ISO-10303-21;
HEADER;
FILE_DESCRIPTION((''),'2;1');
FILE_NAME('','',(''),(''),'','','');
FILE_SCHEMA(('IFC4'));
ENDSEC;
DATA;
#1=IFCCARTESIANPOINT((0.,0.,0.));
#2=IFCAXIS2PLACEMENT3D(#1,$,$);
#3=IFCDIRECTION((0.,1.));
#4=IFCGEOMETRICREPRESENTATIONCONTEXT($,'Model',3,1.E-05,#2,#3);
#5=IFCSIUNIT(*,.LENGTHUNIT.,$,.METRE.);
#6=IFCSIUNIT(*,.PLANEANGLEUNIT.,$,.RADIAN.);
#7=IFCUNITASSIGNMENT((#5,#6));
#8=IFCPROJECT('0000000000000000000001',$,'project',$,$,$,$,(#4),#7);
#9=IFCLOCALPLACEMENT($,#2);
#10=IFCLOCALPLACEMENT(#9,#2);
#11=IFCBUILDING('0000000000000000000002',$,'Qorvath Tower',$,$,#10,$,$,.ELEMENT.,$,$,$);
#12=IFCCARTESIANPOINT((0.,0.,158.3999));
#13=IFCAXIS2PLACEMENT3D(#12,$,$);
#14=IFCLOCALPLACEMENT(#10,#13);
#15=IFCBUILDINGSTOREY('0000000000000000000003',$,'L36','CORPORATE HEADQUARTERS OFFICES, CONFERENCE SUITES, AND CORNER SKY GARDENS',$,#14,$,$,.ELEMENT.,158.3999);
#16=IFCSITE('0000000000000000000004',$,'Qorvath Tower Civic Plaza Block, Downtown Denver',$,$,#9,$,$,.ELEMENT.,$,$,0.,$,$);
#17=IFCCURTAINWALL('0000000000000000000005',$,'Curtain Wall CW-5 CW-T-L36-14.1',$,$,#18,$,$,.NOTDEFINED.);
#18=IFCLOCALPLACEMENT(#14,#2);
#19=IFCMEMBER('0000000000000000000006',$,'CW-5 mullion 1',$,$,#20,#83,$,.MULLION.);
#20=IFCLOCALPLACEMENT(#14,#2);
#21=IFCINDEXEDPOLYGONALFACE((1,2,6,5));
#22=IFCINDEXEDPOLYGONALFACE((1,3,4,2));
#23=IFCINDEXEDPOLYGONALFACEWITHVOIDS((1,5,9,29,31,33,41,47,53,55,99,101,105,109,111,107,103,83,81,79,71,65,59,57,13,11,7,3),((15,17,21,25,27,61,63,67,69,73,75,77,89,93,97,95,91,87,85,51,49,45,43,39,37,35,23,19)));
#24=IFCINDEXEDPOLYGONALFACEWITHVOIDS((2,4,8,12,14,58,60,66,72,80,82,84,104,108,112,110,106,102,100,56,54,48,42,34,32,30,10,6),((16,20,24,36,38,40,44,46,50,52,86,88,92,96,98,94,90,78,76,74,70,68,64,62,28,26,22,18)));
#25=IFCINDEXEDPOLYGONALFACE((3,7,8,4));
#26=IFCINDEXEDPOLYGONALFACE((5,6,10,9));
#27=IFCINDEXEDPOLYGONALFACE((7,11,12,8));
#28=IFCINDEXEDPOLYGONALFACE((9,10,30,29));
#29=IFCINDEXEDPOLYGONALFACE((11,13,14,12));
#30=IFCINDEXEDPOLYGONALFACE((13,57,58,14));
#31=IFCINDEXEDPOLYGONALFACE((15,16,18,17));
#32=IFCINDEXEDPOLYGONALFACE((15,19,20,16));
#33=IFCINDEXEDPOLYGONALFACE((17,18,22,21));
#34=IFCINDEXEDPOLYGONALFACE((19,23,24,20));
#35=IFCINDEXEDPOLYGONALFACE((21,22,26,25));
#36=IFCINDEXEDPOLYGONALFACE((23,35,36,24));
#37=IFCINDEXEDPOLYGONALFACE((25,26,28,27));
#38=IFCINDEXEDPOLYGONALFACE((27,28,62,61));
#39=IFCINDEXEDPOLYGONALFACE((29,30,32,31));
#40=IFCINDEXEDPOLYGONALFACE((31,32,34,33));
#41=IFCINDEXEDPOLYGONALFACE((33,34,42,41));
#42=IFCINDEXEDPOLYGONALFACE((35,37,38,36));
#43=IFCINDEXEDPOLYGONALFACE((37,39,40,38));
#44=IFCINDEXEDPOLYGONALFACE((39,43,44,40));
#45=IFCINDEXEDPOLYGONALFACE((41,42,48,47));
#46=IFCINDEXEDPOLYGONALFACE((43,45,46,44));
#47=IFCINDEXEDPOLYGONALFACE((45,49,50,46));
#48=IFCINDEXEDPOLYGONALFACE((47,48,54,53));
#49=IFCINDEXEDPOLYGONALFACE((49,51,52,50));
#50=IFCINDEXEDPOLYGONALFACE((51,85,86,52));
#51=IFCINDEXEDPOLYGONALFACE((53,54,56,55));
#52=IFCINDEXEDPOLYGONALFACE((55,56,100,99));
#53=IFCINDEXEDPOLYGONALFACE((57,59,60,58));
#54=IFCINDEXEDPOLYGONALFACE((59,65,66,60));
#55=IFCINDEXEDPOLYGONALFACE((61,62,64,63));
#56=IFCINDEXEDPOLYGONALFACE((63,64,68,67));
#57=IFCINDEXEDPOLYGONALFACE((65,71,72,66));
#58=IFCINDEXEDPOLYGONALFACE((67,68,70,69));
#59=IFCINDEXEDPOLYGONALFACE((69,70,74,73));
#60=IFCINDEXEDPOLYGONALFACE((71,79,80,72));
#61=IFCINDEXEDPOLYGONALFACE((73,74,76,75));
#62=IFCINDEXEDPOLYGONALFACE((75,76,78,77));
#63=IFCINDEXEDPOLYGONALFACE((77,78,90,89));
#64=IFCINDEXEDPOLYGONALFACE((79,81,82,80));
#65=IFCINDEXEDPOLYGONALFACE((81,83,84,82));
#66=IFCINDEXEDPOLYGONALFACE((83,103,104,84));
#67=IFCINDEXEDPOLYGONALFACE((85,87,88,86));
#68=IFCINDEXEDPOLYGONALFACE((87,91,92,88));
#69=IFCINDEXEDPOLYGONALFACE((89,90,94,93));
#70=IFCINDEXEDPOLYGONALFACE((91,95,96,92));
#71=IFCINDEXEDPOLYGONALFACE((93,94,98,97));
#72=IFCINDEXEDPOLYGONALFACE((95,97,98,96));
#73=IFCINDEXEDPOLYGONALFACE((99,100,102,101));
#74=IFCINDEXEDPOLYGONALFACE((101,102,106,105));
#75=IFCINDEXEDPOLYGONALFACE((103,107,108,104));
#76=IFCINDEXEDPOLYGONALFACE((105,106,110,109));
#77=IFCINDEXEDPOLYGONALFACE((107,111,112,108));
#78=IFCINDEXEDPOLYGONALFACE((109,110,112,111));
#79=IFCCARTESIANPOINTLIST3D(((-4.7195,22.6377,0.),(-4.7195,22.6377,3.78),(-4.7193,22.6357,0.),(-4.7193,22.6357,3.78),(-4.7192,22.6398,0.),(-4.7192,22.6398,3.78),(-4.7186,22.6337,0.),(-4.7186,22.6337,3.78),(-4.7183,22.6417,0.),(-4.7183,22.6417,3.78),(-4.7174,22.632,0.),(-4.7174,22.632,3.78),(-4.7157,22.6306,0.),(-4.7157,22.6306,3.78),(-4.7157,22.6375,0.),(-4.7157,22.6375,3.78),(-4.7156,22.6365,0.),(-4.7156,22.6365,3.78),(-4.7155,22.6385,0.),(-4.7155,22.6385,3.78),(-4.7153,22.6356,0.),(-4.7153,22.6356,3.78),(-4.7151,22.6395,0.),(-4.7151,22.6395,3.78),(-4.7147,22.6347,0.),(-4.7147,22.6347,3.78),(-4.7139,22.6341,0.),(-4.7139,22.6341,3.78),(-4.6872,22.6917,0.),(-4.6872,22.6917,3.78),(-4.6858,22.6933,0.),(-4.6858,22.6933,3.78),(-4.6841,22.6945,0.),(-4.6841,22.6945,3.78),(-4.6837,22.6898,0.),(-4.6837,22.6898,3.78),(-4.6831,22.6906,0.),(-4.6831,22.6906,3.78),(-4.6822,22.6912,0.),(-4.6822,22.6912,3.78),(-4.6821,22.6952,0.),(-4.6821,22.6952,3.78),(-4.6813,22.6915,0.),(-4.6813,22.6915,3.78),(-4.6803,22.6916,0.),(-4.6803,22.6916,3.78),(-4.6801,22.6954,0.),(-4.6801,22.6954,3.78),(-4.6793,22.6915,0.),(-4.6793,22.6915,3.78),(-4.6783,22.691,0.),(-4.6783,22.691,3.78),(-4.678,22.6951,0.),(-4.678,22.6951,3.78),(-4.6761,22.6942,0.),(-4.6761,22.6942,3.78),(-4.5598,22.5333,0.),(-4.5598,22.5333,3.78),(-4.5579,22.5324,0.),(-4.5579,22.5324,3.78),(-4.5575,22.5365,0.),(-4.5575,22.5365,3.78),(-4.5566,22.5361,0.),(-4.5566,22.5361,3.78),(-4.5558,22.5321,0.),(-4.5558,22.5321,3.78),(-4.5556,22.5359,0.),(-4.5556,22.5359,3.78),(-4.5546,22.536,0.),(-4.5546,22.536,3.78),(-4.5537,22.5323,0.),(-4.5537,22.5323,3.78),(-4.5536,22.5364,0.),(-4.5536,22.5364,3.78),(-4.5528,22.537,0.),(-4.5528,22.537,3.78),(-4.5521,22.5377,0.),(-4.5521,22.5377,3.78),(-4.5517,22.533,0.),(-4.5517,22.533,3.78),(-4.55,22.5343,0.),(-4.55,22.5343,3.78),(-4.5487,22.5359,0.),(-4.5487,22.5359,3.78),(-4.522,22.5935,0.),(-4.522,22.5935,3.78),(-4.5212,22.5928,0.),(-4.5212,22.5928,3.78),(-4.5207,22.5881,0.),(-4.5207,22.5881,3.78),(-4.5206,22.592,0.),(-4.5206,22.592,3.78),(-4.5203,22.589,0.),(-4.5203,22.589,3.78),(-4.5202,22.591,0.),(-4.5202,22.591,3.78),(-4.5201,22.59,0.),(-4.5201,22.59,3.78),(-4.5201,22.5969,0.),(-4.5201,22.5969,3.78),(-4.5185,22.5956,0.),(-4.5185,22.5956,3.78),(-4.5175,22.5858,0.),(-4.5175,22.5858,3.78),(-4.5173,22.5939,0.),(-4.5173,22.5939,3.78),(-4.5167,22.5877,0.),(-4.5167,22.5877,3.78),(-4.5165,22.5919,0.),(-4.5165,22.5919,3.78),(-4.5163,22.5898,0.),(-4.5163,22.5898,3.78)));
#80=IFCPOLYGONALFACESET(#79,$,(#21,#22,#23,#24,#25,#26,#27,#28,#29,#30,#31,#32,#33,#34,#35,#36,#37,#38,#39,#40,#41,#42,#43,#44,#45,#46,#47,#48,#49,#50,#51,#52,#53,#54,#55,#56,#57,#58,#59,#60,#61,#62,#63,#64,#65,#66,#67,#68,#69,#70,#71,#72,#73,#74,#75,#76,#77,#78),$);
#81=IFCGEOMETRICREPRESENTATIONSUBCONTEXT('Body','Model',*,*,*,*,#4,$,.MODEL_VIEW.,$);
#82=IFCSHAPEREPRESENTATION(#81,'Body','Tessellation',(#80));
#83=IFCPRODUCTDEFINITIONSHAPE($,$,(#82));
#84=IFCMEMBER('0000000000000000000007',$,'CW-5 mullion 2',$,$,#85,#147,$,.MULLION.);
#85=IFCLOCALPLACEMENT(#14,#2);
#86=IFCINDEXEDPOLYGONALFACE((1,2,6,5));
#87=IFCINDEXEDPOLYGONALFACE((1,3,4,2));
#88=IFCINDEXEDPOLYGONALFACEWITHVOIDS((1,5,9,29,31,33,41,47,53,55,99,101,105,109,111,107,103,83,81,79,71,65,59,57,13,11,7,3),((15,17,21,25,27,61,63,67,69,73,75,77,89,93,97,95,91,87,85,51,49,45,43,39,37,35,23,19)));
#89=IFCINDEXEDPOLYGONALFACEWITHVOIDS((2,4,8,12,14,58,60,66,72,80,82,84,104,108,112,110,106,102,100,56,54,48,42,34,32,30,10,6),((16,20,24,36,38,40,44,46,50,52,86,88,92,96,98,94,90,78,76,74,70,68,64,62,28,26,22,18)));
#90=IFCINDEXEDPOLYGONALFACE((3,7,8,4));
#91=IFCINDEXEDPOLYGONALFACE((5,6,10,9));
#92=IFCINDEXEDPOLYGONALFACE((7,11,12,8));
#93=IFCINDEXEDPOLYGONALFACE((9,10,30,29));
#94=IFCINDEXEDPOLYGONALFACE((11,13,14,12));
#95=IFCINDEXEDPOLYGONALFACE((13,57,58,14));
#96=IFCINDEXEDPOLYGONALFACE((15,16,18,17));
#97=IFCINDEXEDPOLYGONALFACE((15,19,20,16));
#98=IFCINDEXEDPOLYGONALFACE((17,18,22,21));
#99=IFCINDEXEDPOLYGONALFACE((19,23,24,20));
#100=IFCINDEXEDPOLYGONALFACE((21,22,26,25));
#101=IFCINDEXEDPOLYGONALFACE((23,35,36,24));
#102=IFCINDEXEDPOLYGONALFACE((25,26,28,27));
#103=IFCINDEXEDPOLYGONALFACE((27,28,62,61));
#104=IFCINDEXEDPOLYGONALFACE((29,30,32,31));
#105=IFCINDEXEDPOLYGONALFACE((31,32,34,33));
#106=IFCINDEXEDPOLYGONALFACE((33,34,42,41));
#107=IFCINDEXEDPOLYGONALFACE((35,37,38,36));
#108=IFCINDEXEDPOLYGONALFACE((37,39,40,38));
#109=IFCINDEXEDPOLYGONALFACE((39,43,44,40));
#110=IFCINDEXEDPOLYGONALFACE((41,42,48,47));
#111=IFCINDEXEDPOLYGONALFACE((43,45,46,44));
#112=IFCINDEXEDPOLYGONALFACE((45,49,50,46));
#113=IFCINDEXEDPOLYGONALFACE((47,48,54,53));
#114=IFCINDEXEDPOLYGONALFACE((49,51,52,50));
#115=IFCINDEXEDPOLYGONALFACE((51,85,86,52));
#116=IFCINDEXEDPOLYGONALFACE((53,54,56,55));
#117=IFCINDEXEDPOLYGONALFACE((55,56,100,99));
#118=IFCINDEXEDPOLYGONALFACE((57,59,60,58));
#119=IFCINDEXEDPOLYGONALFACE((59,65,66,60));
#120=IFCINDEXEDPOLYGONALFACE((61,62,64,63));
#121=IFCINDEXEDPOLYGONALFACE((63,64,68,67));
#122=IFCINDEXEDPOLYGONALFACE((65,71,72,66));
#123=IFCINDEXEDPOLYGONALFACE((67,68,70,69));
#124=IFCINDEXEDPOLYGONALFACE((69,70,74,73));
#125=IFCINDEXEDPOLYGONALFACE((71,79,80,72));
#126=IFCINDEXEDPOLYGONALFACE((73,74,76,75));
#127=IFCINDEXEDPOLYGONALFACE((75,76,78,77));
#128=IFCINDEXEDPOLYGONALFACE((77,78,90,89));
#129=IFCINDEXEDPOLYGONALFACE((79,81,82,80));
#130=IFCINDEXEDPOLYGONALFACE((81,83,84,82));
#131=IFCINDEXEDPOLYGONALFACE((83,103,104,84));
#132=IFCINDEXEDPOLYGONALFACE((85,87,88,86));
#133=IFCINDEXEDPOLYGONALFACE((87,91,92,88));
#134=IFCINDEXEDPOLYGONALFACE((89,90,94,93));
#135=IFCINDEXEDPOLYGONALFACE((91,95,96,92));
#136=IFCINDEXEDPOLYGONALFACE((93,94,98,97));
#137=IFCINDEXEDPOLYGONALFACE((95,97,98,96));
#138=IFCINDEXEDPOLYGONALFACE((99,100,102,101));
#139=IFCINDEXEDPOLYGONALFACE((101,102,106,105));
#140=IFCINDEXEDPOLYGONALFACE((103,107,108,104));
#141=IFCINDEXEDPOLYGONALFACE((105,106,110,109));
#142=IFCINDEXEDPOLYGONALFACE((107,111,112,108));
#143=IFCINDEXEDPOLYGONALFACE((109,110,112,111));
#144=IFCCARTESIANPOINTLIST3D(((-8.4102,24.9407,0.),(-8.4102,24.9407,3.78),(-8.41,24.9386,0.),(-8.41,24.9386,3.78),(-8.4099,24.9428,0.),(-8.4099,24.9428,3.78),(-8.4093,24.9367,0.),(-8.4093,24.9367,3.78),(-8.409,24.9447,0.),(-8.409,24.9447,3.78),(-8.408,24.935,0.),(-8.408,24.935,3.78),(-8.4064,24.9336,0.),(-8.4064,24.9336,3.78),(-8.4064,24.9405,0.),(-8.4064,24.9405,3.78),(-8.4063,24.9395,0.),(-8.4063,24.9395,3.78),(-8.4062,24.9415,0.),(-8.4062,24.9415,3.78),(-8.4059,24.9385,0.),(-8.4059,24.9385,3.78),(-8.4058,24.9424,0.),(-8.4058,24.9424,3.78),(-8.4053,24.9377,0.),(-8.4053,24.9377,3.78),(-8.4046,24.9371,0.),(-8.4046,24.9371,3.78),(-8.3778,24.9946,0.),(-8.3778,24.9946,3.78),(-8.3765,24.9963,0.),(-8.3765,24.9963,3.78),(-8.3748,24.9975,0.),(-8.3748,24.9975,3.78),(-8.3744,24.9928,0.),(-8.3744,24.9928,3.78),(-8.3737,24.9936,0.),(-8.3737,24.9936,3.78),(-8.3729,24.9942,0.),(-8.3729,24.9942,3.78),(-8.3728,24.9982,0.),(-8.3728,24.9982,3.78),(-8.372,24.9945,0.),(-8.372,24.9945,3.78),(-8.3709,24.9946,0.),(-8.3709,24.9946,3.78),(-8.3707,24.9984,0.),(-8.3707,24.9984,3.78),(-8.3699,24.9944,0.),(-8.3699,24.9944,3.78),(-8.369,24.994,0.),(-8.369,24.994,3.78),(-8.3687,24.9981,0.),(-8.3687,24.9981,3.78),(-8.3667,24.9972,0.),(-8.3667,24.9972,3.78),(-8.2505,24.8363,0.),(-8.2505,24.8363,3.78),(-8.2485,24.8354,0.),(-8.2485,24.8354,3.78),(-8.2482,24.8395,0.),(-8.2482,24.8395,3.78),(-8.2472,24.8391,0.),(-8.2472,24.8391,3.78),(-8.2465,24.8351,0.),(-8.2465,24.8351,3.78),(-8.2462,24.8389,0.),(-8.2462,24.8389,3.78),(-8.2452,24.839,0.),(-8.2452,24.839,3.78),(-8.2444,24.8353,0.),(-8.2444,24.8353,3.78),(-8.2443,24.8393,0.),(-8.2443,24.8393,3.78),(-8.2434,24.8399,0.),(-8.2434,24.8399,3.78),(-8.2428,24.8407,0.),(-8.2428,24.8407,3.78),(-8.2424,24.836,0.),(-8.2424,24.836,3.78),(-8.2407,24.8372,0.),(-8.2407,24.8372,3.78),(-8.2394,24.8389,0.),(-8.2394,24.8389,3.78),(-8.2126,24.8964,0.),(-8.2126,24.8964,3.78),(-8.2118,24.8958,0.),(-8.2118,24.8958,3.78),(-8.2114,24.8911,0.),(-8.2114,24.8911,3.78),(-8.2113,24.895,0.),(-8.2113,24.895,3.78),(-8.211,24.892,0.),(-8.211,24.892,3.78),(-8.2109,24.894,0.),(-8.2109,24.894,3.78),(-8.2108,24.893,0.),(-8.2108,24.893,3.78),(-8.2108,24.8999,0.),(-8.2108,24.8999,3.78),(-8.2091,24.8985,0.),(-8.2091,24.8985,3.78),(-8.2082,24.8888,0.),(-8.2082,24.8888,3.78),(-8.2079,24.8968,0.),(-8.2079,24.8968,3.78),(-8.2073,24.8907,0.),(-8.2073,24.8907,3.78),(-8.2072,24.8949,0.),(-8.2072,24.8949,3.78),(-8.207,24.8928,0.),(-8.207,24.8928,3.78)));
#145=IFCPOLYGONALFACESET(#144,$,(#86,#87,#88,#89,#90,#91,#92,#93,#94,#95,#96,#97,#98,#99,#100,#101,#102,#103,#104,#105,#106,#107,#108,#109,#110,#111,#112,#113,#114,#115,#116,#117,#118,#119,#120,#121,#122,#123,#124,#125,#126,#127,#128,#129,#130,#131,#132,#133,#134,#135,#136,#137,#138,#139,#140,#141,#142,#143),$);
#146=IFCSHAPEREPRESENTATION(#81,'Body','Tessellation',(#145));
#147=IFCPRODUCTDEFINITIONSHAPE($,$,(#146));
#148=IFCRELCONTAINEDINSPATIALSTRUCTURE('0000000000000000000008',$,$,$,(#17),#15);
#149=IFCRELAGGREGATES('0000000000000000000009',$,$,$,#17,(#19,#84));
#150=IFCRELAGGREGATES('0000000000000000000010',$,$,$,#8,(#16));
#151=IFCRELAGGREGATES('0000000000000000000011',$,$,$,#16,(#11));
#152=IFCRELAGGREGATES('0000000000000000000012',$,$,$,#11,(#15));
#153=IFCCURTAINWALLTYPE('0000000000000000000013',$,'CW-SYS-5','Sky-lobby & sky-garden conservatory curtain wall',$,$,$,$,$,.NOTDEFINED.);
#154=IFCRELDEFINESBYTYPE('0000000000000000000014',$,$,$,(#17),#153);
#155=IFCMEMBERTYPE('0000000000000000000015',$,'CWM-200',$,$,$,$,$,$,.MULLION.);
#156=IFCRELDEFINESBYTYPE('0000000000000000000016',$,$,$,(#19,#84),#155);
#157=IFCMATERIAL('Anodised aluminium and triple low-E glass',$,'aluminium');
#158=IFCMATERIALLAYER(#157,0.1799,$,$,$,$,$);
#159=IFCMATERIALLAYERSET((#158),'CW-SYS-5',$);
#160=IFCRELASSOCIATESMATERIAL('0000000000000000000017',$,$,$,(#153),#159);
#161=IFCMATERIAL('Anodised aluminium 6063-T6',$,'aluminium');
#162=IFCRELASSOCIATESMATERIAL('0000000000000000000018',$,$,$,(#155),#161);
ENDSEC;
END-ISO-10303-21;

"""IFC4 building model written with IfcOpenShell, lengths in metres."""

from ifc_helpers import new_model, si_unit, direction, frame, origin, origin_2d, place, context, subcontext, project, spatial, hollow_rectangle, extrude, material, layer, layer_set, material_profile, profile_set, type_object, element, aggregate, save


model = new_model("IFC4")

# Units and contexts
model_context = context("Model", 3, precision=1e-05, world=origin(), true_north=direction((0.0, 1.0)))
body_context = subcontext(model_context, "Body", "Model", "MODEL_VIEW")
ifc_project = project(units=[si_unit("LENGTHUNIT", "METRE"), si_unit("PLANEANGLEUNIT", "RADIAN")], contexts=[model_context])

# Site, building, storey
site_placement = place(None, origin())
site = spatial("IfcSite", under=ifc_project, at=site_placement, Name="Qorvath Tower Civic Plaza Block, Downtown Denver", CompositionType="ELEMENT", RefElevation=0.0)
building_placement = place(site_placement, origin())
building = spatial("IfcBuilding", under=site, at=building_placement, Name="Qorvath Tower", CompositionType="ELEMENT")
storey_placement = place(building_placement, frame((0.0, 0.0, 158.3999)))
storey = spatial("IfcBuildingStorey", under=building, at=storey_placement, Name="L36", Description="CORPORATE HEADQUARTERS OFFICES, CONFERENCE SUITES, AND CORNER SKY GARDENS", CompositionType="ELEMENT", Elevation=158.3999)

# Shared definitions
ifc_material_1 = material(Name="Anodised aluminium and triple low-E glass", Category="aluminium")
ifc_layer_1 = layer(ifc_material_1, 0.1799)
ifc_layer_set_1 = layer_set([ifc_layer_1], Name="CW-SYS-5")
curtain_wall_type = type_object("IfcCurtainWallType", Name="CW-SYS-5", Description="Sky-lobby & sky-garden conservatory curtain wall", PredefinedType="NOTDEFINED", material=ifc_layer_set_1)
ifc_material_2 = material(Name="Anodised aluminium 6063-T6", Category="aluminium")
ifc_material_profile_1 = material_profile(ifc_material_2, hollow_rectangle(XDim=0.075, YDim=0.2, WallThickness=0.0039, InnerFilletRadius=0.0039, OuterFilletRadius=0.0081, at=origin_2d()), Name="CWM 200x75")
ifc_profile_set_1 = profile_set([ifc_material_profile_1], Name="Anodised aluminium 6063-T6")
member_type_1 = type_object("IfcMemberType", Name="CWM-200", PredefinedType="MULLION", material=ifc_profile_set_1)

# Curtain wall, members
curtain_wall_1_placement = place(storey_placement, origin())
curtain_wall_1 = element("IfcCurtainWall", 1, at=curtain_wall_1_placement, inside=storey, type_object=curtain_wall_type, Name="Curtain Wall CW-5 CW-T-L36-14.1", PredefinedType="NOTDEFINED")
member_1_placement = place(storey_placement, frame((-4.6179, 22.6138, 0.0), z_axis=(0.0, 0.0, 1.0), x_axis=(-0.529384, -0.848382, 0.0)))
member_1 = element("IfcMember", 2, at=member_1_placement, type_object=member_type_1, Name="CW-5 mullion 1", PredefinedType="MULLION", context=body_context, shape_type="SweptSolid", body=[
    extrude(hollow_rectangle(XDim=0.075, YDim=0.2, WallThickness=0.0039, InnerFilletRadius=0.0039, OuterFilletRadius=0.0081, at=origin_2d()), origin(), (0.0, 0.0, 1.0), 3.78),
])
member_2_placement = place(storey_placement, frame((-8.3086, 24.9167, 0.0), z_axis=(0.0, 0.0, 1.0), x_axis=(-0.529384, -0.848382, 0.0)))
member_2 = element("IfcMember", 3, at=member_2_placement, type_object=member_type_1, Name="CW-5 mullion 2", PredefinedType="MULLION", context=body_context, shape_type="SweptSolid", body=[
    extrude(hollow_rectangle(XDim=0.075, YDim=0.2, WallThickness=0.0039, InnerFilletRadius=0.0039, OuterFilletRadius=0.0081, at=origin_2d()), origin(), (0.0, 0.0, 1.0), 3.78),
])

aggregate(curtain_wall_1, [member_1, member_2])

save(model, "model.ifc")
